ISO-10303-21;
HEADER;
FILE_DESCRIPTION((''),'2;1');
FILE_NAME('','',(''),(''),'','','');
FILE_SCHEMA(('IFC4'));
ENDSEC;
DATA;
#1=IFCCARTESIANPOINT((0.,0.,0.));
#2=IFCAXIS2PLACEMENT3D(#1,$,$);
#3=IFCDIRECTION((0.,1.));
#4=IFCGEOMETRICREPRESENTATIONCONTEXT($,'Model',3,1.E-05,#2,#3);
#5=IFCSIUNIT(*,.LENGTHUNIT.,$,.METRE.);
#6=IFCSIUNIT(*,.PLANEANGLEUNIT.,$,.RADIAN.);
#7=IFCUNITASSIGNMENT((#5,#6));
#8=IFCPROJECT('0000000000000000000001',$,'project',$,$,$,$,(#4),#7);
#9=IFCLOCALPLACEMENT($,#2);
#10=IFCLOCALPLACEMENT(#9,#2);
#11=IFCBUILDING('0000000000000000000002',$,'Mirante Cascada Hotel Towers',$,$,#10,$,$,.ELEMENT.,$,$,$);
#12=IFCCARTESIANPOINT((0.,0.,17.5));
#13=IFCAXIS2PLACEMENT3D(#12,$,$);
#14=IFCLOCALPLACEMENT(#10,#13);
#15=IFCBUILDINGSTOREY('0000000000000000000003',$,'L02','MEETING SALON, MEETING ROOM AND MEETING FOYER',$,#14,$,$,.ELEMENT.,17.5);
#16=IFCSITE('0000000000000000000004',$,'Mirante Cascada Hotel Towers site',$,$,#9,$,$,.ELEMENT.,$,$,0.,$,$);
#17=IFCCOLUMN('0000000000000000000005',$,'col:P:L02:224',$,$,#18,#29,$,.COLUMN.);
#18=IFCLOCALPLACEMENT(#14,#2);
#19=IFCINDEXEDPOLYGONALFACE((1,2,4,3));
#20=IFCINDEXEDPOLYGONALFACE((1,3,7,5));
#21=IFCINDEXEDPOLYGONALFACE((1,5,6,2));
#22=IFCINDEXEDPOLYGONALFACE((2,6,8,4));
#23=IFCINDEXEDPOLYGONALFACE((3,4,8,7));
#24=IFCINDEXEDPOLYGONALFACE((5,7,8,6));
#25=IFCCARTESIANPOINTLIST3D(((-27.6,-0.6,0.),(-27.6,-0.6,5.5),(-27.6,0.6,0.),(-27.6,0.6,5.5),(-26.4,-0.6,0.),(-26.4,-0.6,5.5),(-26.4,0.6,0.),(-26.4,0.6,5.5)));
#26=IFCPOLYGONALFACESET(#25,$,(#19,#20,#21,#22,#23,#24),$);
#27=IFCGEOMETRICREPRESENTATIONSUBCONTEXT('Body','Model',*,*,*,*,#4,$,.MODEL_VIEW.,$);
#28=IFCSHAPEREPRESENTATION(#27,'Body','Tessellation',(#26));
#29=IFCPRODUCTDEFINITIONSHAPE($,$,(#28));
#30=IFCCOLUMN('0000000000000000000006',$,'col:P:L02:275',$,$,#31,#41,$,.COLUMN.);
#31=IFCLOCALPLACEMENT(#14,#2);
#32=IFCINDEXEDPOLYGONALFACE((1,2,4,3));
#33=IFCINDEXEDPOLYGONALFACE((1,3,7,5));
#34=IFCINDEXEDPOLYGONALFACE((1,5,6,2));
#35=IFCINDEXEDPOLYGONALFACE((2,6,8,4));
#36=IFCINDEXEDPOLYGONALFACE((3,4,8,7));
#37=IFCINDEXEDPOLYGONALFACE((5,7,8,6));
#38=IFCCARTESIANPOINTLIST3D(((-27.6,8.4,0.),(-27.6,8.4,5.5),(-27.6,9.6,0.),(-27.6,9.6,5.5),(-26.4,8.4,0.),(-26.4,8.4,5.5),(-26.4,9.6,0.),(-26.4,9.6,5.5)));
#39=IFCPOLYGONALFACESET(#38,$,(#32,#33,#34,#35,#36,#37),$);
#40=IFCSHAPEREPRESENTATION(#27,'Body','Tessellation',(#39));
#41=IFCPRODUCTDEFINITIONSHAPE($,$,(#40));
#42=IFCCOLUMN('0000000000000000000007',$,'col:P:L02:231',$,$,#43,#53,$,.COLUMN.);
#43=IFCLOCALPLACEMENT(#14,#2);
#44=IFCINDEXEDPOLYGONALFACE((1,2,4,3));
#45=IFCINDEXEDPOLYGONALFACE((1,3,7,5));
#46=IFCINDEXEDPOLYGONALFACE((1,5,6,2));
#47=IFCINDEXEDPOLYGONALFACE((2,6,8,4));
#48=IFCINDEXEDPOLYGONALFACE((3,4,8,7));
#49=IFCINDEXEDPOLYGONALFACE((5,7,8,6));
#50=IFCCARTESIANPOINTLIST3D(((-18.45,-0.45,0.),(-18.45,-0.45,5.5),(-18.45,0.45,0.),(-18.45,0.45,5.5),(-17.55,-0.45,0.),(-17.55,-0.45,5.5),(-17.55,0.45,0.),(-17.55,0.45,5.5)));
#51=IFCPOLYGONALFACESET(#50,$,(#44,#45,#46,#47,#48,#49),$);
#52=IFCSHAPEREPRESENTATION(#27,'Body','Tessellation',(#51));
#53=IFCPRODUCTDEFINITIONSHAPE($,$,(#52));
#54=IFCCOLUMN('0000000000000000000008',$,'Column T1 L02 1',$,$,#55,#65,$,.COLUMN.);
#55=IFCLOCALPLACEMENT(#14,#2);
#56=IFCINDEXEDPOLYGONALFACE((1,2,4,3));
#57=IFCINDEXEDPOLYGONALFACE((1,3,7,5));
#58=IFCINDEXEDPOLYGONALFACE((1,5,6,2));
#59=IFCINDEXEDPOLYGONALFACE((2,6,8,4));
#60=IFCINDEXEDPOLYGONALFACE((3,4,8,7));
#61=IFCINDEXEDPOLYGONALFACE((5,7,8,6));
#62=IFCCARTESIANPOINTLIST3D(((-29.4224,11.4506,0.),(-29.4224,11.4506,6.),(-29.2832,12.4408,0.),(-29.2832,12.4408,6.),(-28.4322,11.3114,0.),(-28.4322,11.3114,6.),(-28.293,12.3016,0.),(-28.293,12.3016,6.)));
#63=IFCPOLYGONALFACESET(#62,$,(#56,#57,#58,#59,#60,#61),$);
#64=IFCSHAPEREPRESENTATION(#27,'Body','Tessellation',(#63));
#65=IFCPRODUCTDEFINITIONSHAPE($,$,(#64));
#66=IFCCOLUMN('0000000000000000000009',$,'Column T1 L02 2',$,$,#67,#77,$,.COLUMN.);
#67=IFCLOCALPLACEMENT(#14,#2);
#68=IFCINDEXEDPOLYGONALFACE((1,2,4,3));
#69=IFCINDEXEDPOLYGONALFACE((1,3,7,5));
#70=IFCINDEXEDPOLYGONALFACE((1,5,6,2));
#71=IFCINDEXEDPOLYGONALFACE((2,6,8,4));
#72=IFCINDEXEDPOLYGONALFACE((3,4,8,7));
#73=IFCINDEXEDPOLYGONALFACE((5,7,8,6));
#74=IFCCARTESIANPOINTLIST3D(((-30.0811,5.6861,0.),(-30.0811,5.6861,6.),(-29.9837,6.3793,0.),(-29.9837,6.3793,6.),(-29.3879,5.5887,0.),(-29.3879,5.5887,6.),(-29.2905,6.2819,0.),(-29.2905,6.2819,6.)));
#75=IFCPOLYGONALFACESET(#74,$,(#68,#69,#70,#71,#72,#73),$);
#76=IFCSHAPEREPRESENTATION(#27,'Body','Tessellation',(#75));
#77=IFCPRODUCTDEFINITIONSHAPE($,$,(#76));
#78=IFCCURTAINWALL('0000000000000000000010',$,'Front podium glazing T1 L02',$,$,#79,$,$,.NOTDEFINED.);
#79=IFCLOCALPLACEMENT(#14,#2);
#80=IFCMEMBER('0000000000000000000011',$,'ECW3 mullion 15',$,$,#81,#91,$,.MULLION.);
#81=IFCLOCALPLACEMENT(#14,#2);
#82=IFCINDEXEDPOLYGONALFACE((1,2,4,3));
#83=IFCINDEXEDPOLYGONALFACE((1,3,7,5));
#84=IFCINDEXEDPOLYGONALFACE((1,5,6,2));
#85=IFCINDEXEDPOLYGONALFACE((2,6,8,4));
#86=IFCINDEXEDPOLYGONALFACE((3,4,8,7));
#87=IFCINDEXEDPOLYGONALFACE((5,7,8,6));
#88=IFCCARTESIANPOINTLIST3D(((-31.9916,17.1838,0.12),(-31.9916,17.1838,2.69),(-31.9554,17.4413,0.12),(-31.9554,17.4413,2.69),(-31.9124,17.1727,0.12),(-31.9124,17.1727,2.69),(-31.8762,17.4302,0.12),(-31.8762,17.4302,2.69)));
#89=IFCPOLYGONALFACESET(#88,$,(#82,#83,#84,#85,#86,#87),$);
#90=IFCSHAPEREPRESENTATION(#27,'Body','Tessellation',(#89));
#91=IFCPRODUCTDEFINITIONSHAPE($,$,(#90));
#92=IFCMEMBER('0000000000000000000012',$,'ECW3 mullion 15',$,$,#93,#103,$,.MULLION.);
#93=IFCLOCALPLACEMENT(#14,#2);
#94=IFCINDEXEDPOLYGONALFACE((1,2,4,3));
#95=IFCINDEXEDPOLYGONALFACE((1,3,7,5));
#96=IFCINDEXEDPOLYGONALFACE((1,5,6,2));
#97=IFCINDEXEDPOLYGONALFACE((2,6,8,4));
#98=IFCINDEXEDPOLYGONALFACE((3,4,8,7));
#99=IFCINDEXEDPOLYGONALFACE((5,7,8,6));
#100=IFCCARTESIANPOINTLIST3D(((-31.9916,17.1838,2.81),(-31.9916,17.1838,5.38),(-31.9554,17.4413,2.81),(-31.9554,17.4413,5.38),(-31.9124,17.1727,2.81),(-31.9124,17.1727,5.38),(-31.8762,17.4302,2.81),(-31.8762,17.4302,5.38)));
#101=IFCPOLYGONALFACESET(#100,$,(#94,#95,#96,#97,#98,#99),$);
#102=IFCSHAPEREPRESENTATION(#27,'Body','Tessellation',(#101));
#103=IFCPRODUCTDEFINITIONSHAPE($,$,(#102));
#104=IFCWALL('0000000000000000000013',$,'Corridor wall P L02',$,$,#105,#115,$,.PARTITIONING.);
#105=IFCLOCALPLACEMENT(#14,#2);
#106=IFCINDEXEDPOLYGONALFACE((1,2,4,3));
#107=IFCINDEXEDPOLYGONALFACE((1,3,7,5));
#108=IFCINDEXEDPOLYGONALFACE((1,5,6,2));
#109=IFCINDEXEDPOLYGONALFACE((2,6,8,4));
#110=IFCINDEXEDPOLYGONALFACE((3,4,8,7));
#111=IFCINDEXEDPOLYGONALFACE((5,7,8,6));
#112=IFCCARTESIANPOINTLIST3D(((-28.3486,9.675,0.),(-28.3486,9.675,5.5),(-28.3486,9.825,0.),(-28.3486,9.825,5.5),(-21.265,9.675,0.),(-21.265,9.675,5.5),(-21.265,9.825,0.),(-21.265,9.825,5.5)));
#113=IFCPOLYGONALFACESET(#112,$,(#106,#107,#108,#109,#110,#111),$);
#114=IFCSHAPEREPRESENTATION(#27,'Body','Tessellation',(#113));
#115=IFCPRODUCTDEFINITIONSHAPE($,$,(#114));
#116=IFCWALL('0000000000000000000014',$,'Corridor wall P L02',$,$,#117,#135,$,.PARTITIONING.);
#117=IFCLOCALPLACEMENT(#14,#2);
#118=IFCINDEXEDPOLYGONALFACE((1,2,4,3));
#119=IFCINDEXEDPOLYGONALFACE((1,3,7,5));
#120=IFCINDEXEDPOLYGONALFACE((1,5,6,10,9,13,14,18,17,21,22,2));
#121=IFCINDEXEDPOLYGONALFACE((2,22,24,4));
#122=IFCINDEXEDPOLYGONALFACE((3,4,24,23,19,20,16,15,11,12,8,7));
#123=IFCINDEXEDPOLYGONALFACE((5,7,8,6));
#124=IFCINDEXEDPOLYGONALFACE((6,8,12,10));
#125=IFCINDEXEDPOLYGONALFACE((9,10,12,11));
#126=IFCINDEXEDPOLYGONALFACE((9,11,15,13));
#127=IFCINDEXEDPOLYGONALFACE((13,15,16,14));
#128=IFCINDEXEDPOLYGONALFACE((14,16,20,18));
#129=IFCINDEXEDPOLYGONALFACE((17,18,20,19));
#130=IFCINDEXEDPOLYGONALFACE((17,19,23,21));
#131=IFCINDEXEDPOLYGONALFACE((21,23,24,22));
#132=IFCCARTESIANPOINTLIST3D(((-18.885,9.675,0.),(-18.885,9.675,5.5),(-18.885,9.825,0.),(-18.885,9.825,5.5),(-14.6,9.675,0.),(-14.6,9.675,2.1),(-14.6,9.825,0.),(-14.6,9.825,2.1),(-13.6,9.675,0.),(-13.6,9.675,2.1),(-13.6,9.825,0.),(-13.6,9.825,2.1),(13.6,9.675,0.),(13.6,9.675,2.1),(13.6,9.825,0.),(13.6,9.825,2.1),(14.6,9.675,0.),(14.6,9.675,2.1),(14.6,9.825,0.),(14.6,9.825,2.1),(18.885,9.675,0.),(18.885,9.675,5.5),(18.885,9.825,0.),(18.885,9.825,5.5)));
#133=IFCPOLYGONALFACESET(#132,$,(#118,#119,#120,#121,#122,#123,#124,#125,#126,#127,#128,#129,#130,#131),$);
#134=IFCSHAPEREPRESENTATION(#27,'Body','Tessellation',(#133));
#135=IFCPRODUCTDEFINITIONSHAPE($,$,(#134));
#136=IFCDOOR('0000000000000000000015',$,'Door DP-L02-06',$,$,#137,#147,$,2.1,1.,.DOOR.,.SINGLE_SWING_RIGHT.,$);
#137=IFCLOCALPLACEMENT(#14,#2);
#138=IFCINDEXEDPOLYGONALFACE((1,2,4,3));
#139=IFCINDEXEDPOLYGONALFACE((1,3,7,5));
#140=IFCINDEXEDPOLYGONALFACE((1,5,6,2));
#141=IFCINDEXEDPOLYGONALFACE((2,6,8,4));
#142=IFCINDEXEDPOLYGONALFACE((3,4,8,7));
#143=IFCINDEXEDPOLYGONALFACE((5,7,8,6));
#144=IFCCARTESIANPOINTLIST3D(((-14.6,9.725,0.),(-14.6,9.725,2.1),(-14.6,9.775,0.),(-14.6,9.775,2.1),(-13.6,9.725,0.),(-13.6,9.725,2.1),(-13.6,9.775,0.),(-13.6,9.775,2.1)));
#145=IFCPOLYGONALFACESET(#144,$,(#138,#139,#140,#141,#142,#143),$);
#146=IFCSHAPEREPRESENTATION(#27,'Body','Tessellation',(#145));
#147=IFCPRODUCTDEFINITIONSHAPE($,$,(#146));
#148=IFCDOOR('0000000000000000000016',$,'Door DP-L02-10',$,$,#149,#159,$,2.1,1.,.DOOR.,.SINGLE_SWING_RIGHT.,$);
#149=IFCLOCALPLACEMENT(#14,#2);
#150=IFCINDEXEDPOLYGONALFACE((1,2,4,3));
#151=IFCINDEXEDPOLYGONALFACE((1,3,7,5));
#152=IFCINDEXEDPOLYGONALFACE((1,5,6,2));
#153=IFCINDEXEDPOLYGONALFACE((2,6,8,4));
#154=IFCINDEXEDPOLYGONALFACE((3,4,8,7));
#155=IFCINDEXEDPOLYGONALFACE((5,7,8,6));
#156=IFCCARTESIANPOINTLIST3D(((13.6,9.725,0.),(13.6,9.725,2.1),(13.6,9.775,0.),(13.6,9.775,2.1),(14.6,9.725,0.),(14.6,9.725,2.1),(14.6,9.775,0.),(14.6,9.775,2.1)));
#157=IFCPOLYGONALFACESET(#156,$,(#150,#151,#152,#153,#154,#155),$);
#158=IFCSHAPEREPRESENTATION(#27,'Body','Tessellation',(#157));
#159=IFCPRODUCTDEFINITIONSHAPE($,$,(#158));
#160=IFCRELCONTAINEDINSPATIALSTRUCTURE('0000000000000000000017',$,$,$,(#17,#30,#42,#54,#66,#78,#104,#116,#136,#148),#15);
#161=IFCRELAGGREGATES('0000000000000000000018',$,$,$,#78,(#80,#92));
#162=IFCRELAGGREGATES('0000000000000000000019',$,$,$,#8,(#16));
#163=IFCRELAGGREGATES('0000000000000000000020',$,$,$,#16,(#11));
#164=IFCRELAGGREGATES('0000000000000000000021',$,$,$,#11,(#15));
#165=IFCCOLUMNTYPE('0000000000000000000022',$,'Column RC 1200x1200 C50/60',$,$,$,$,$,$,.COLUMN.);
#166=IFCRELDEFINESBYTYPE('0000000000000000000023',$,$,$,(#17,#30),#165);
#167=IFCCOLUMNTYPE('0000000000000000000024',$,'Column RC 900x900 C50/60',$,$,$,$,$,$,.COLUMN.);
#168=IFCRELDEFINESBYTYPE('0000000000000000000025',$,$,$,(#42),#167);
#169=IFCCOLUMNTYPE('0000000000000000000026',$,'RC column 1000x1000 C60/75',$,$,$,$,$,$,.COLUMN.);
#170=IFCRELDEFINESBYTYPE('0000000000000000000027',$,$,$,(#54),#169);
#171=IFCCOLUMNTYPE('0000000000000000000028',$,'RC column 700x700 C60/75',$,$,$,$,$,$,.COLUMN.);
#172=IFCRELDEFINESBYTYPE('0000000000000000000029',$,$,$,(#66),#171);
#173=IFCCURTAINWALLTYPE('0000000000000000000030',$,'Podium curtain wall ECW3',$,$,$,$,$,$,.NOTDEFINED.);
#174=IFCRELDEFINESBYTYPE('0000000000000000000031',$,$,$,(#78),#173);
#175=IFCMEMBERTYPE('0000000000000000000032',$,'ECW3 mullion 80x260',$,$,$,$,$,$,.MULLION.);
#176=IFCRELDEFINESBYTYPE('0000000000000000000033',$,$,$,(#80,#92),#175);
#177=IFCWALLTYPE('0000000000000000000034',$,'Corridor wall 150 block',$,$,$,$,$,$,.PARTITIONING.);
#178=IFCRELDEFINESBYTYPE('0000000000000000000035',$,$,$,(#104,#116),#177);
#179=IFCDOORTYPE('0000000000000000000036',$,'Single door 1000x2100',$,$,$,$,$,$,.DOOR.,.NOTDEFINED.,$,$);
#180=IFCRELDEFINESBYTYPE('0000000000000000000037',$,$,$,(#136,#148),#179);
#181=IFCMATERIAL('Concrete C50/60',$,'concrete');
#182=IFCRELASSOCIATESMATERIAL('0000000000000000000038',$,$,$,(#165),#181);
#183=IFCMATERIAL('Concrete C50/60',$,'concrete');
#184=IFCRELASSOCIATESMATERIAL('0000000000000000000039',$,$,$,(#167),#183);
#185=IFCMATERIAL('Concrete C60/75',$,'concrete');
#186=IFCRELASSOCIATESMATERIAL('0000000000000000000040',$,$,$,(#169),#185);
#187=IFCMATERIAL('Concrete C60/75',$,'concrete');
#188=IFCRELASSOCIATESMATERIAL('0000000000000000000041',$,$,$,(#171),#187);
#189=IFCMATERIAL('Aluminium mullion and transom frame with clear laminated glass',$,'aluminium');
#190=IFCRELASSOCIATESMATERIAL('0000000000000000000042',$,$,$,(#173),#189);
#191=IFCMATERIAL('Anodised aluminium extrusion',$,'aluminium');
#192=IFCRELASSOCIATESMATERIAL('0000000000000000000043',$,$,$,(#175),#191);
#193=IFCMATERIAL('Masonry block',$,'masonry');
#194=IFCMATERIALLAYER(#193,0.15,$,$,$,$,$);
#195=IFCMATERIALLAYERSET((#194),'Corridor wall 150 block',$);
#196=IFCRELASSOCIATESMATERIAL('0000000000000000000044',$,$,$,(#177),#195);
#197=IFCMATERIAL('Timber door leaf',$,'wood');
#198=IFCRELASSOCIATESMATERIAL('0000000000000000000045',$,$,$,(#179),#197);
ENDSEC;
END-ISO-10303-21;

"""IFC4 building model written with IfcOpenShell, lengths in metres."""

from ifc_helpers import new_model, si_unit, direction, frame, frame_2d, origin, origin_2d, place, context, subcontext, project, spatial, rectangle, extrude, material, layer, layer_set, material_profile, profile_set, type_object, element, fill, aggregate, save


model = new_model("IFC4")

# Units and contexts
model_context = context("Model", 3, precision=1e-05, world=origin(), true_north=direction((0.0, 1.0)))
body_context = subcontext(model_context, "Body", "Model", "MODEL_VIEW")
ifc_project = project(units=[si_unit("LENGTHUNIT", "METRE"), si_unit("PLANEANGLEUNIT", "RADIAN")], contexts=[model_context])

# Site, building, storey
site_placement = place(None, origin())
site = spatial("IfcSite", under=ifc_project, at=site_placement, Name="Mirante Cascada Hotel Towers site", CompositionType="ELEMENT", RefElevation=0.0)
building_placement = place(site_placement, origin())
building = spatial("IfcBuilding", under=site, at=building_placement, Name="Mirante Cascada Hotel Towers", CompositionType="ELEMENT")
storey_placement = place(building_placement, frame((0.0, 0.0, 17.5)))
storey = spatial("IfcBuildingStorey", under=building, at=storey_placement, Name="L02", Description="MEETING SALON, MEETING ROOM AND MEETING FOYER", CompositionType="ELEMENT", Elevation=17.5)

# Columns
ifc_material_1 = material(Name="Concrete C50/60", Category="concrete")
ifc_material_profile_1 = material_profile(ifc_material_1, rectangle(XDim=1.2, YDim=1.2, at=origin_2d()), Name="RC 1200x1200")
ifc_profile_set_1 = profile_set([ifc_material_profile_1], Name="Concrete C50/60")
column_type_1 = type_object("IfcColumnType", Name="Column RC 1200x1200 C50/60", PredefinedType="COLUMN", material=ifc_profile_set_1)
for number, where, z_axis, x_axis, name in (
    (1, (-27.0, 0.0, 0.0), (0.0, 0.0, 1.0), (1.0, 0.0, 0.0), "col:P:L02:224"),
    (2, (-27.0, 9.0, 0.0), (0.0, 0.0, 1.0), (1.0, 0.0, 0.0), "col:P:L02:275"),
):
    element("IfcColumn", number, at=place(storey_placement, frame(where, z_axis=z_axis, x_axis=x_axis)), inside=storey, type_object=column_type_1, Name=name, PredefinedType="COLUMN", context=body_context, shape_type="SweptSolid", body=[
        extrude(rectangle(XDim=1.2, YDim=1.2, at=origin_2d()), origin(), (0.0, 0.0, 1.0), 5.5),
    ])
ifc_material_2 = material(Name="Concrete C50/60", Category="concrete")
ifc_material_profile_2 = material_profile(ifc_material_2, rectangle(XDim=0.9, YDim=0.9, at=origin_2d()), Name="RC 900x900")
ifc_profile_set_2 = profile_set([ifc_material_profile_2], Name="Concrete C50/60")
column_type_2 = type_object("IfcColumnType", Name="Column RC 900x900 C50/60", PredefinedType="COLUMN", material=ifc_profile_set_2)
column_1_placement = place(storey_placement, frame((-18.0, 0.0, 0.0), z_axis=(0.0, 0.0, 1.0), x_axis=(1.0, 0.0, 0.0)))
element("IfcColumn", 3, at=column_1_placement, inside=storey, type_object=column_type_2, Name="col:P:L02:231", PredefinedType="COLUMN", context=body_context, shape_type="SweptSolid", body=[
    extrude(rectangle(XDim=0.9, YDim=0.9, at=origin_2d()), origin(), (0.0, 0.0, 1.0), 5.5),
])
ifc_material_3 = material(Name="Concrete C60/75", Category="concrete")
ifc_material_profile_3 = material_profile(ifc_material_3, rectangle(XDim=1.0, YDim=1.0, at=origin_2d()), Name="RC column 1000x1000 C60/75")
ifc_profile_set_3 = profile_set([ifc_material_profile_3], Name="Concrete C60/75")
column_type_3 = type_object("IfcColumnType", Name="RC column 1000x1000 C60/75", PredefinedType="COLUMN", material=ifc_profile_set_3)
column_2_placement = place(storey_placement, frame((-28.8577, 11.8761, 0.0), z_axis=(0.0, 0.0, 1.0), x_axis=(-0.990268, 0.139173, 0.0)))
element("IfcColumn", 4, at=column_2_placement, inside=storey, type_object=column_type_3, Name="Column T1 L02 1", PredefinedType="COLUMN", context=body_context, shape_type="SweptSolid", body=[
    extrude(rectangle(XDim=1.0, YDim=1.0, at=origin_2d()), origin(), (0.0, 0.0, 1.0), 6.0),
])
ifc_material_4 = material(Name="Concrete C60/75", Category="concrete")
ifc_material_profile_4 = material_profile(ifc_material_4, rectangle(XDim=0.7, YDim=0.7, at=origin_2d()), Name="RC column 700x700 C60/75")
ifc_profile_set_4 = profile_set([ifc_material_profile_4], Name="Concrete C60/75")
column_type_4 = type_object("IfcColumnType", Name="RC column 700x700 C60/75", PredefinedType="COLUMN", material=ifc_profile_set_4)
column_3_placement = place(storey_placement, frame((-29.6858, 5.984, 0.0), z_axis=(0.0, 0.0, 1.0), x_axis=(-0.990268, 0.139173, 0.0)))
element("IfcColumn", 5, at=column_3_placement, inside=storey, type_object=column_type_4, Name="Column T1 L02 2", PredefinedType="COLUMN", context=body_context, shape_type="SweptSolid", body=[
    extrude(rectangle(XDim=0.7, YDim=0.7, at=origin_2d()), origin(), (0.0, 0.0, 1.0), 6.0),
])

# Curtain wall, members
ifc_material_5 = material(Name="Aluminium mullion and transom frame with clear laminated glass", Category="aluminium")
curtain_wall_type = type_object("IfcCurtainWallType", Name="Podium curtain wall ECW3", PredefinedType="NOTDEFINED", material=ifc_material_5)
curtain_wall_placement = place(storey_placement, origin())
curtain_wall = element("IfcCurtainWall", 6, at=curtain_wall_placement, inside=storey, type_object=curtain_wall_type, Name="Front podium glazing T1 L02", PredefinedType="NOTDEFINED")
ifc_material_6 = material(Name="Anodised aluminium extrusion", Category="aluminium")
ifc_material_profile_5 = material_profile(ifc_material_6, rectangle(XDim=0.26, YDim=0.08, at=origin_2d()), Name="ECW3 MULLION 80x260")
ifc_profile_set_5 = profile_set([ifc_material_profile_5], Name="Anodised aluminium extrusion")
member_type = type_object("IfcMemberType", Name="ECW3 mullion 80x260", PredefinedType="MULLION", material=ifc_profile_set_5)
member_1_placement = place(storey_placement, frame((-31.9339, 17.307, 0.12), z_axis=(0.0, 0.0, 1.0), x_axis=(0.139173, 0.990268, 0.0)))
member_1 = element("IfcMember", 7, at=member_1_placement, type_object=member_type, Name="ECW3 mullion 15", PredefinedType="MULLION", context=body_context, shape_type="SweptSolid", body=[
    extrude(rectangle(XDim=0.26, YDim=0.08, at=origin_2d()), origin(), (0.0, 0.0, 1.0), 2.57),
])
member_2_placement = place(storey_placement, frame((-31.9339, 17.307, 2.81), z_axis=(0.0, 0.0, 1.0), x_axis=(0.139173, 0.990268, 0.0)))
member_2 = element("IfcMember", 8, at=member_2_placement, type_object=member_type, Name="ECW3 mullion 15", PredefinedType="MULLION", context=body_context, shape_type="SweptSolid", body=[
    extrude(rectangle(XDim=0.26, YDim=0.08, at=origin_2d()), origin(), (0.0, 0.0, 1.0), 2.57),
])
aggregate(curtain_wall, [member_1, member_2])

# Wall
ifc_material_7 = material(Name="Masonry block", Category="masonry")
ifc_layer_1 = layer(ifc_material_7, 0.15)
ifc_layer_set_1 = layer_set([ifc_layer_1], Name="Corridor wall 150 block")
wall_type_1 = type_object("IfcWallType", Name="Corridor wall 150 block", PredefinedType="PARTITIONING", material=ifc_layer_set_1)
wall_1_placement = place(storey_placement, frame((-28.3486, 9.75, 0.0), z_axis=(0.0, 0.0, 1.0), x_axis=(1.0, 0.0, 0.0)))
element("IfcWall", 9, at=wall_1_placement, inside=storey, type_object=wall_type_1, Name="Corridor wall P L02", PredefinedType="PARTITIONING", context=body_context, shape_type="SweptSolid", body=[
    extrude(rectangle(XDim=7.0836, YDim=0.15, at=frame_2d((3.5418, 0.0))), origin(), (0.0, 0.0, 1.0), 5.5),
])

# Wall, openings, doors
wall_2_placement = place(storey_placement, frame((-18.885, 9.75, 0.0), z_axis=(0.0, 0.0, 1.0), x_axis=(1.0, 0.0, 0.0)))
wall_2 = element("IfcWall", 10, at=wall_2_placement, inside=storey, type_object=wall_type_1, Name="Corridor wall P L02", PredefinedType="PARTITIONING", context=body_context, shape_type="SweptSolid", body=[
    extrude(rectangle(XDim=37.77, YDim=0.15, at=frame_2d((18.885, 0.0))), origin(), (0.0, 0.0, 1.0), 5.5),
])
opening_1_placement = place(wall_2_placement, frame((4.285, 0.0, 0.0)))
opening_1 = element("IfcOpeningElement", 11, at=opening_1_placement, cuts=wall_2, PredefinedType="OPENING", context=body_context, shape_type="SweptSolid", body=[
    extrude(rectangle(XDim=1.0, YDim=2.1, at=frame_2d((0.5, 1.05))), frame((0.0, 0.075, 0.0), z_axis=(0.0, -1.0, 0.0), x_axis=(1.0, 0.0, 0.0)), (0.0, 0.0, 1.0), 0.15),
])
opening_2_placement = place(wall_2_placement, frame((32.485, 0.0, 0.0)))
opening_2 = element("IfcOpeningElement", 12, at=opening_2_placement, cuts=wall_2, PredefinedType="OPENING", context=body_context, shape_type="SweptSolid", body=[
    extrude(rectangle(XDim=1.0, YDim=2.1, at=frame_2d((0.5, 1.05))), frame((0.0, 0.075, 0.0), z_axis=(0.0, -1.0, 0.0), x_axis=(1.0, 0.0, 0.0)), (0.0, 0.0, 1.0), 0.15),
])
ifc_material_8 = material(Name="Timber door leaf", Category="wood")
door_type = type_object("IfcDoorType", Name="Single door 1000x2100", OperationType="NOTDEFINED", PredefinedType="DOOR", material=ifc_material_8)
door_1_placement = place(opening_1_placement, origin())
door_1 = element("IfcDoor", 13, at=door_1_placement, inside=storey, type_object=door_type, Name="Door DP-L02-06", OperationType="SINGLE_SWING_RIGHT", OverallHeight=2.1, OverallWidth=1.0, PredefinedType="DOOR", context=body_context, shape_type="SweptSolid", body=[
    extrude(rectangle(XDim=1.0, YDim=2.1, at=frame_2d((0.5, 1.05))), frame((0.0, 0.025, 0.0), z_axis=(0.0, -1.0, 0.0), x_axis=(1.0, 0.0, 0.0)), (0.0, 0.0, 1.0), 0.05),
])
fill(opening_1, door_1)
door_2_placement = place(opening_2_placement, origin())
door_2 = element("IfcDoor", 14, at=door_2_placement, inside=storey, type_object=door_type, Name="Door DP-L02-10", OperationType="SINGLE_SWING_RIGHT", OverallHeight=2.1, OverallWidth=1.0, PredefinedType="DOOR", context=body_context, shape_type="SweptSolid", body=[
    extrude(rectangle(XDim=1.0, YDim=2.1, at=frame_2d((0.5, 1.05))), frame((0.0, 0.025, 0.0), z_axis=(0.0, -1.0, 0.0), x_axis=(1.0, 0.0, 0.0)), (0.0, 0.0, 1.0), 0.05),
])
fill(opening_2, door_2)

save(model, "model.ifc")
